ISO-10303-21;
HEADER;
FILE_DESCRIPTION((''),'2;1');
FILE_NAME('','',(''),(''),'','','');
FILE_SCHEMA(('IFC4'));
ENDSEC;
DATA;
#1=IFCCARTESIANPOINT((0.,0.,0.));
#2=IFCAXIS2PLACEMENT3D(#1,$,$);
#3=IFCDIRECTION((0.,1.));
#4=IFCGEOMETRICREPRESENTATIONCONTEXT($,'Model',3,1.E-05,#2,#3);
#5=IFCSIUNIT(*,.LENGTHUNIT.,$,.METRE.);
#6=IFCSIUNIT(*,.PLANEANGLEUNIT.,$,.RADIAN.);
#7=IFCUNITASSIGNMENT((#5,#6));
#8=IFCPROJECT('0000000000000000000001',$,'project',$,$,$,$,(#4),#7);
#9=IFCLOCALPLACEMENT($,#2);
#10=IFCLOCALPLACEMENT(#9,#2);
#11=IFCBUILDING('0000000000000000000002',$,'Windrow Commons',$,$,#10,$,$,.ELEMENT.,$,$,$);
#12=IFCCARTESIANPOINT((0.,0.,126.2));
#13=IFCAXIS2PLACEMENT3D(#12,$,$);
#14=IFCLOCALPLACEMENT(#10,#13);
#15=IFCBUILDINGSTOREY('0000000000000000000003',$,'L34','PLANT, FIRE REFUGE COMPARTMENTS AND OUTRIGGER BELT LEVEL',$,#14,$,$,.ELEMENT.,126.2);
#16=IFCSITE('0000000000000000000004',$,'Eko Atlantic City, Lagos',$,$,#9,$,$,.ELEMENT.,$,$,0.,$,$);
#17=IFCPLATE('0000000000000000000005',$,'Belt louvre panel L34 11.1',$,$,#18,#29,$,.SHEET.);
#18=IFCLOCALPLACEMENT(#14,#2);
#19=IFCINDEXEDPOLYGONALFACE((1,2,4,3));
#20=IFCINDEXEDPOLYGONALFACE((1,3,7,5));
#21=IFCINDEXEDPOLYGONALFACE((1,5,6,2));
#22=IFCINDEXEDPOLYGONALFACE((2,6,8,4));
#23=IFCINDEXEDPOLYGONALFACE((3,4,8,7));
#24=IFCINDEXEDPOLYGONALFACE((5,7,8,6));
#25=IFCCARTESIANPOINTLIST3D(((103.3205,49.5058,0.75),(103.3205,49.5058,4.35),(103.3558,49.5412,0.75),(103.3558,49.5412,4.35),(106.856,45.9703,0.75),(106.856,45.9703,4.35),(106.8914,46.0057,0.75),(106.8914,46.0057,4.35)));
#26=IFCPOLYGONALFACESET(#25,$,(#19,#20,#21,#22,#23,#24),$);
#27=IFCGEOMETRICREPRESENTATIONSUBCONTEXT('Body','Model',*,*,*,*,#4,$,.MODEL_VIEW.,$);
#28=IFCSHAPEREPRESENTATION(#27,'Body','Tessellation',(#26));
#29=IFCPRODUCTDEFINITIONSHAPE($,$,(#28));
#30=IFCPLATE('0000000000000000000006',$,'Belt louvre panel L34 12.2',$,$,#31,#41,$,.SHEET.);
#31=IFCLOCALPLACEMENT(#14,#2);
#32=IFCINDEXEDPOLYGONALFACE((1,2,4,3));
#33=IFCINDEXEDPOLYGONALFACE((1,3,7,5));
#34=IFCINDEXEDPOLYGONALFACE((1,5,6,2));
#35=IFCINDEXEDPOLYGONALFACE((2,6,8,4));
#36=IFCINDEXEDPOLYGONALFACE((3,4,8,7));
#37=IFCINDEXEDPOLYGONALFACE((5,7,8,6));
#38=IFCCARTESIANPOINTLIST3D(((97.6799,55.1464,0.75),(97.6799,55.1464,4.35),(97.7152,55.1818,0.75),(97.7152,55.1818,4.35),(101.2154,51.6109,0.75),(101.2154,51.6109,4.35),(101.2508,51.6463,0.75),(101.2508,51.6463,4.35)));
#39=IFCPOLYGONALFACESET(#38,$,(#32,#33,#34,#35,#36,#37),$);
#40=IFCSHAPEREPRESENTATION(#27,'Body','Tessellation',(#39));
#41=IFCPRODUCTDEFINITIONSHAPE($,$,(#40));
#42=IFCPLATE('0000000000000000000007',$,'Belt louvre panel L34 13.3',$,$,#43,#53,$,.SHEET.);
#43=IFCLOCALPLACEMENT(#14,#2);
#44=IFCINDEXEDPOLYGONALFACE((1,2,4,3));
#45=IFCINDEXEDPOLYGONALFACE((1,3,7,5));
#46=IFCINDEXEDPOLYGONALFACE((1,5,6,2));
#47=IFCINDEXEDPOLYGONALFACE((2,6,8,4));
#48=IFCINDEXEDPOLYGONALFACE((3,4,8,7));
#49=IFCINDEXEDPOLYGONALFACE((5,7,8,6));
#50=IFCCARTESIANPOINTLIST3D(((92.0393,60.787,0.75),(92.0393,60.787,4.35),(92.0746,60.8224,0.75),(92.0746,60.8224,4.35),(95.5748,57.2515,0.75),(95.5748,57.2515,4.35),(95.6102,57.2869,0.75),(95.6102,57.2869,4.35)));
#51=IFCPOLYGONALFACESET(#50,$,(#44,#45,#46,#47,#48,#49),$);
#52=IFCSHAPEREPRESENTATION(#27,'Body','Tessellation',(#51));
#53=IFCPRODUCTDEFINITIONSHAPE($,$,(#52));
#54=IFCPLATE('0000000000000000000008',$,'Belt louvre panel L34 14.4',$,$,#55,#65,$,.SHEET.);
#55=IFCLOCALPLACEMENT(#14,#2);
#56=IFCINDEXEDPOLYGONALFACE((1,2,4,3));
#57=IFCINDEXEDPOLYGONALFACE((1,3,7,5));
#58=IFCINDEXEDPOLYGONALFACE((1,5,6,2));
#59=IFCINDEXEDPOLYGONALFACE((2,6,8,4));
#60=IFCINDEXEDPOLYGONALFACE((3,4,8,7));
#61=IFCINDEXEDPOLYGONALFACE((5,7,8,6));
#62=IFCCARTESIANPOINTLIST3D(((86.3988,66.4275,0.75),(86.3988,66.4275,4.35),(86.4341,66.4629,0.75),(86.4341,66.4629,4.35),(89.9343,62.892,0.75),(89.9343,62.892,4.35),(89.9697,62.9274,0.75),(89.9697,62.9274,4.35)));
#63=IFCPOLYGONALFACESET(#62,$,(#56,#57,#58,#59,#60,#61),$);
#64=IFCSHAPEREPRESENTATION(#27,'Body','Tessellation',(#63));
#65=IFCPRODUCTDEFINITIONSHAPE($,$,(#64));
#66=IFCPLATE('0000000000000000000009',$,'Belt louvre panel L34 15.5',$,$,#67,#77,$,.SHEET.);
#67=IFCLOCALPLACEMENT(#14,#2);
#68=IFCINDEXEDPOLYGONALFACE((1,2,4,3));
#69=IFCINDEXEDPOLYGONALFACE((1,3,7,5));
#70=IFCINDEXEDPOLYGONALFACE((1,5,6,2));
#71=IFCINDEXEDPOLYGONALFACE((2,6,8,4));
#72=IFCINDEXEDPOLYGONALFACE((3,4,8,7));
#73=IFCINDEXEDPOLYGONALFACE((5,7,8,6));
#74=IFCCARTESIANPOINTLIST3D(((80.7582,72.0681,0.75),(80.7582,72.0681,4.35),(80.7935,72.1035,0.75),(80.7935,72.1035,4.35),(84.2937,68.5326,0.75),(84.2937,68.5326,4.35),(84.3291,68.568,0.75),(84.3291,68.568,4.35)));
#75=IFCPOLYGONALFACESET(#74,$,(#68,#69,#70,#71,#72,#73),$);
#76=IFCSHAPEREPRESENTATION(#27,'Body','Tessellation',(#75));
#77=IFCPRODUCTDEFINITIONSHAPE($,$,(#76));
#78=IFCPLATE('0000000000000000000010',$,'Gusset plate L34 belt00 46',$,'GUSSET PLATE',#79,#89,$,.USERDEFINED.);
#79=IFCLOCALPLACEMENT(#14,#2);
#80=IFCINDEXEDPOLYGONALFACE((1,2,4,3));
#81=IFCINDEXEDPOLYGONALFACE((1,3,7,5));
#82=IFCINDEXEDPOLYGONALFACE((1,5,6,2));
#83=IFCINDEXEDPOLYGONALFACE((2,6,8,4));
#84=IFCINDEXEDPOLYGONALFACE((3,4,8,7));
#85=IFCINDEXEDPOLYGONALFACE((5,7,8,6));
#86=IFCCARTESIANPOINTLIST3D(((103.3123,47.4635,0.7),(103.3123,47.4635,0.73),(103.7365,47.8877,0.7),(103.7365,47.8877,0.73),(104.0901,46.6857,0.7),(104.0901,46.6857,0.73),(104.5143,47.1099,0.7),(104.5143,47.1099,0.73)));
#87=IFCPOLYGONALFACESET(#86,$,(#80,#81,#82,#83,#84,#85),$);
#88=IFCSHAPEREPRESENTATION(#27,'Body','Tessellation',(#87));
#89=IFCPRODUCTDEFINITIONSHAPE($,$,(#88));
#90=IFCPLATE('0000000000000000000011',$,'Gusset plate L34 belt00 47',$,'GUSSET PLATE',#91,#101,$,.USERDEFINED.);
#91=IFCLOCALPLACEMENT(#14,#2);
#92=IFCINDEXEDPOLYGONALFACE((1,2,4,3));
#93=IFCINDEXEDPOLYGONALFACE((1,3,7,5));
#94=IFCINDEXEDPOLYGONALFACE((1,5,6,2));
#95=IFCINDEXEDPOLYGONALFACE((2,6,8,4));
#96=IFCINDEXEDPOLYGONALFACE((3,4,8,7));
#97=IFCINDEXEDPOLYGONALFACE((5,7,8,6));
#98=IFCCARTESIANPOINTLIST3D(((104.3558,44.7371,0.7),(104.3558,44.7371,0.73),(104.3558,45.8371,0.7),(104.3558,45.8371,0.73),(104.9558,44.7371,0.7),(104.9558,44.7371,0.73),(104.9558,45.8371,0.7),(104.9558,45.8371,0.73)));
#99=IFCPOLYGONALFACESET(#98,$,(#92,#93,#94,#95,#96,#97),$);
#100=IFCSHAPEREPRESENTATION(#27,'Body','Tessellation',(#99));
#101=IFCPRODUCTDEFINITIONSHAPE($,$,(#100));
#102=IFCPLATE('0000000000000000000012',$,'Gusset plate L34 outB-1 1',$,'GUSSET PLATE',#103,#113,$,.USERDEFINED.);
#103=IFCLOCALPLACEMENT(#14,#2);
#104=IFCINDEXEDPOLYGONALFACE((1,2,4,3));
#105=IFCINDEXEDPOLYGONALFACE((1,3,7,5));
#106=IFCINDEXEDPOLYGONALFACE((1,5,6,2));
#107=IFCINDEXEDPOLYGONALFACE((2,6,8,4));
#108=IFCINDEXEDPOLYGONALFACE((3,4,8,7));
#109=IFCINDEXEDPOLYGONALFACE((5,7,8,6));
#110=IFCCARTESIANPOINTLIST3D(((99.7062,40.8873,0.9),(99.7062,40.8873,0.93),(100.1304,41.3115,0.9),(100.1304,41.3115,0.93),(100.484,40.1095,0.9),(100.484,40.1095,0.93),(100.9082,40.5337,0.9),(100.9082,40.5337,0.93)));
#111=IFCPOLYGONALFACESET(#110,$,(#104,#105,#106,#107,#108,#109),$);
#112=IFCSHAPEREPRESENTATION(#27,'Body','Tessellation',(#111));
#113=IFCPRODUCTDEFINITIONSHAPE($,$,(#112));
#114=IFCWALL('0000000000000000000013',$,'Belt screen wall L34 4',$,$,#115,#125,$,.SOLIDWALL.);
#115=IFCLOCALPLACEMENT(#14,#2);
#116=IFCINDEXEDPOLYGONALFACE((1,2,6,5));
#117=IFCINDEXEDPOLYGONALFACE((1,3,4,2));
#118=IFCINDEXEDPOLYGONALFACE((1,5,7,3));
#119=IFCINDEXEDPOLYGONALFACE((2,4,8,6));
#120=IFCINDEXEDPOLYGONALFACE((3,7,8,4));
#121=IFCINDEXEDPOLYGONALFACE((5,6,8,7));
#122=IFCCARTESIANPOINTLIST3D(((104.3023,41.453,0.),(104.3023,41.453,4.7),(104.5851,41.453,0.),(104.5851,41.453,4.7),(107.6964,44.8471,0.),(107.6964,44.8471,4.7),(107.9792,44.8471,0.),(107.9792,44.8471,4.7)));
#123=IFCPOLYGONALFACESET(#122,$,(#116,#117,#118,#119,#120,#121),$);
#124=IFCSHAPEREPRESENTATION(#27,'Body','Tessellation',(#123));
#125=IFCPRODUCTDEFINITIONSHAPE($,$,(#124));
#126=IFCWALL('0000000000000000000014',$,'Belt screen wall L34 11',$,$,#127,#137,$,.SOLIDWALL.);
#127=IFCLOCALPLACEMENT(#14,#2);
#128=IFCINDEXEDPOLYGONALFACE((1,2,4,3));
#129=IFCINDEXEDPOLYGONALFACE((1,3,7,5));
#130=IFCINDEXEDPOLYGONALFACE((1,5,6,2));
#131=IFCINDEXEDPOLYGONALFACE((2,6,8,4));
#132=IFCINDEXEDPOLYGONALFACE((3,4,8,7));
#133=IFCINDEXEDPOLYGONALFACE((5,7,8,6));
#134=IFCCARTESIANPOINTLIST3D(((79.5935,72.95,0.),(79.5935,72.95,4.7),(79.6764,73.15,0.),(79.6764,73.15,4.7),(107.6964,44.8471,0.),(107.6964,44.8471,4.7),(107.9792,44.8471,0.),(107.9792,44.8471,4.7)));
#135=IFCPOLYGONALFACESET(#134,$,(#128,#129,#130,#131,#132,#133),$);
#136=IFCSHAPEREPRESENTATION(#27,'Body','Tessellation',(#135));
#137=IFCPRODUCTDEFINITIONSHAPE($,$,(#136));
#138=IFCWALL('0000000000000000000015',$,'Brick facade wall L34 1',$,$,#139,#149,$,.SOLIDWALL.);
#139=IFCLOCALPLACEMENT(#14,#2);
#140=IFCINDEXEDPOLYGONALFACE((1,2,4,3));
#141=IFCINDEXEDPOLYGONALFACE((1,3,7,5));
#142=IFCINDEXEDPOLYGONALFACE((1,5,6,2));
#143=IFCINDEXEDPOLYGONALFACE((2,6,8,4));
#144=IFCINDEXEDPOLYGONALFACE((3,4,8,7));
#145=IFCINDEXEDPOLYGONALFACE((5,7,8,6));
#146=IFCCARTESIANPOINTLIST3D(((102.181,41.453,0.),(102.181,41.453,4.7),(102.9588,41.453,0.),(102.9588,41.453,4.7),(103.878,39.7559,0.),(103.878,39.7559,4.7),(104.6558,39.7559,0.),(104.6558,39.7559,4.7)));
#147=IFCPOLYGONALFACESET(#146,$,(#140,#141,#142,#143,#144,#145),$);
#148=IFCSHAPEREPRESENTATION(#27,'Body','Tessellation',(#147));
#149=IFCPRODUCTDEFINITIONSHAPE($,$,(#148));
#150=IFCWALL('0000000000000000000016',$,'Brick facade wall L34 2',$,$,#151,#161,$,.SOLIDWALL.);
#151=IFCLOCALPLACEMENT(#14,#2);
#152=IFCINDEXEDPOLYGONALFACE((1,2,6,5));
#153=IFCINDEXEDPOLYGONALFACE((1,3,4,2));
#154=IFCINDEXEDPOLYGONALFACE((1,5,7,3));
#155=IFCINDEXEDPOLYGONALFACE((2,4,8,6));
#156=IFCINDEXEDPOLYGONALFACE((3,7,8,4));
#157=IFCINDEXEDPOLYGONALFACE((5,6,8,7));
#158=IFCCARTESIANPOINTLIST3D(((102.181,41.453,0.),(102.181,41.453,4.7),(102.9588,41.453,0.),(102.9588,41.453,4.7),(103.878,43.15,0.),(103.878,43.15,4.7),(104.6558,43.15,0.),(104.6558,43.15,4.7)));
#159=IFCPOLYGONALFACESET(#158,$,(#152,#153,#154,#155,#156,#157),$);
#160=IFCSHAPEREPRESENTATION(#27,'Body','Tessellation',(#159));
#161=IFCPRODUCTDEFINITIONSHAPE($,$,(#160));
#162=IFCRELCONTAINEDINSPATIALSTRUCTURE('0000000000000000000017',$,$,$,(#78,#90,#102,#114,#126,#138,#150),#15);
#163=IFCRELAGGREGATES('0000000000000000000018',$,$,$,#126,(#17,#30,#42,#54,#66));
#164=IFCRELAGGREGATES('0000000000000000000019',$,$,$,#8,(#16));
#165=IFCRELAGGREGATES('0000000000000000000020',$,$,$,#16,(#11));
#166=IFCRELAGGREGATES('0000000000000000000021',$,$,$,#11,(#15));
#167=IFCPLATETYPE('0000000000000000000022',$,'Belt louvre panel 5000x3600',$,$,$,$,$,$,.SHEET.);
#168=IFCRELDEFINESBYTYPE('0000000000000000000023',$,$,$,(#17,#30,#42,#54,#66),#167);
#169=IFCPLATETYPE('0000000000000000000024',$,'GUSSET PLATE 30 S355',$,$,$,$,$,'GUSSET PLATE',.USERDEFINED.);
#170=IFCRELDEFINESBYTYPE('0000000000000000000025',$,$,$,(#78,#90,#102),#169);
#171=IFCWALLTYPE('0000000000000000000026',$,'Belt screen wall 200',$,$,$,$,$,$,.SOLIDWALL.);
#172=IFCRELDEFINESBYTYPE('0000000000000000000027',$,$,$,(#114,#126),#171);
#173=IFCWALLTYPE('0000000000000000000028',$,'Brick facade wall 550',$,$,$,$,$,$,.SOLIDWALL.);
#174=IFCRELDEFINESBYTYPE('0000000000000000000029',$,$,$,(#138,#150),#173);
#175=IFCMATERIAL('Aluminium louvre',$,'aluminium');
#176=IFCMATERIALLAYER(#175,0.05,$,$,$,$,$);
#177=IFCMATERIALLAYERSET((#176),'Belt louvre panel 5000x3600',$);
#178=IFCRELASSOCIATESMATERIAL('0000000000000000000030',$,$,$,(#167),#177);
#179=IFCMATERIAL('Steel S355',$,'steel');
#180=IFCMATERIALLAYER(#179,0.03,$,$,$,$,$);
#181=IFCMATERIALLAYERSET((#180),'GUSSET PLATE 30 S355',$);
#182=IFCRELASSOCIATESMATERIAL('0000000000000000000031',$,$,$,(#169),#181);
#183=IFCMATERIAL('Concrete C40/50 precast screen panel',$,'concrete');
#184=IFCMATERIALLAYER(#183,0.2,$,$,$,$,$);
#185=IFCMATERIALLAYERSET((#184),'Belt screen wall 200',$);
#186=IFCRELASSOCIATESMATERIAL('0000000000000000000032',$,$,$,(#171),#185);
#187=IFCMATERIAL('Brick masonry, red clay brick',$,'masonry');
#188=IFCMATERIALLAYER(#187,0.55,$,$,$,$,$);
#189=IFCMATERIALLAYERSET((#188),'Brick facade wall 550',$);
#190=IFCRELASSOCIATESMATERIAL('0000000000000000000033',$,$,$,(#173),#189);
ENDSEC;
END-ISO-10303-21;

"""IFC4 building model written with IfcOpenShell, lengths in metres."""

from ifc_helpers import new_model, si_unit, direction, frame, origin, origin_2d, place, context, subcontext, project, spatial, polyline, rectangle, outline, extrude, material, layer, layer_set, type_object, element, aggregate, save


model = new_model("IFC4")

# Units and contexts
model_context = context("Model", 3, precision=1e-05, world=origin(), true_north=direction((0.0, 1.0)))
body_context = subcontext(model_context, "Body", "Model", "MODEL_VIEW")
ifc_project = project(units=[si_unit("LENGTHUNIT", "METRE"), si_unit("PLANEANGLEUNIT", "RADIAN")], contexts=[model_context])

# Site, building, storey
site_placement = place(None, origin())
site = spatial("IfcSite", under=ifc_project, at=site_placement, Name="Eko Atlantic City, Lagos", CompositionType="ELEMENT", RefElevation=0.0)
building_placement = place(site_placement, origin())
building = spatial("IfcBuilding", under=site, at=building_placement, Name="Windrow Commons", CompositionType="ELEMENT")
storey_placement = place(building_placement, frame((0.0, 0.0, 126.2)))
storey = spatial("IfcBuildingStorey", under=building, at=storey_placement, Name="L34", Description="PLANT, FIRE REFUGE COMPARTMENTS AND OUTRIGGER BELT LEVEL", CompositionType="ELEMENT", Elevation=126.2)

# Plates
ifc_material_1 = material(Name="Aluminium louvre", Category="aluminium")
ifc_layer_1 = layer(ifc_material_1, 0.05)
ifc_layer_set_1 = layer_set([ifc_layer_1], Name="Belt louvre panel 5000x3600")
plate_type_1 = type_object("IfcPlateType", Name="Belt louvre panel 5000x3600", PredefinedType="SHEET", material=ifc_layer_set_1)
plate_1_placement = place(storey_placement, frame((106.8914, 46.0057, 0.75), z_axis=(0.707097, 0.707117, 0.0), x_axis=(-0.707117, 0.707097, 0.0)))
plate_1 = element("IfcPlate", 1, at=plate_1_placement, type_object=plate_type_1, Name="Belt louvre panel L34 11.1", PredefinedType="SHEET", context=body_context, shape_type="SweptSolid", body=[
    extrude(outline(polyline([(0.0, 0.0), (5.0, 0.0), (5.0, 3.6), (0.0, 3.6), (0.0, 0.0)])), origin(), (0.0, 0.0, -1.0), 0.05),
])
plate_2_placement = place(storey_placement, frame((101.2508, 51.6463, 0.75), z_axis=(0.707097, 0.707117, 0.0), x_axis=(-0.707117, 0.707097, 0.0)))
plate_2 = element("IfcPlate", 2, at=plate_2_placement, type_object=plate_type_1, Name="Belt louvre panel L34 12.2", PredefinedType="SHEET", context=body_context, shape_type="SweptSolid", body=[
    extrude(outline(polyline([(0.0, 0.0), (5.0, 0.0), (5.0, 3.6), (0.0, 3.6), (0.0, 0.0)])), origin(), (0.0, 0.0, -1.0), 0.05),
])
plate_3_placement = place(storey_placement, frame((95.6102, 57.2869, 0.75), z_axis=(0.707097, 0.707117, 0.0), x_axis=(-0.707117, 0.707097, 0.0)))
plate_3 = element("IfcPlate", 3, at=plate_3_placement, type_object=plate_type_1, Name="Belt louvre panel L34 13.3", PredefinedType="SHEET", context=body_context, shape_type="SweptSolid", body=[
    extrude(outline(polyline([(0.0, 0.0), (5.0, 0.0), (5.0, 3.6), (0.0, 3.6), (0.0, 0.0)])), origin(), (0.0, 0.0, -1.0), 0.05),
])
plate_4_placement = place(storey_placement, frame((89.9697, 62.9274, 0.75), z_axis=(0.707097, 0.707117, 0.0), x_axis=(-0.707117, 0.707097, 0.0)))
plate_4 = element("IfcPlate", 4, at=plate_4_placement, type_object=plate_type_1, Name="Belt louvre panel L34 14.4", PredefinedType="SHEET", context=body_context, shape_type="SweptSolid", body=[
    extrude(outline(polyline([(0.0, 0.0), (5.0, 0.0), (5.0, 3.6), (0.0, 3.6), (0.0, 0.0)])), origin(), (0.0, 0.0, -1.0), 0.05),
])
plate_5_placement = place(storey_placement, frame((84.3291, 68.568, 0.75), z_axis=(0.707097, 0.707117, 0.0), x_axis=(-0.707117, 0.707097, 0.0)))
plate_5 = element("IfcPlate", 5, at=plate_5_placement, type_object=plate_type_1, Name="Belt louvre panel L34 15.5", PredefinedType="SHEET", context=body_context, shape_type="SweptSolid", body=[
    extrude(outline(polyline([(0.0, 0.0), (5.0, 0.0), (5.0, 3.6), (0.0, 3.6), (0.0, 0.0)])), origin(), (0.0, 0.0, -1.0), 0.05),
])

# Plates
ifc_material_2 = material(Name="Steel S355", Category="steel")
ifc_layer_2 = layer(ifc_material_2, 0.03)
ifc_layer_set_2 = layer_set([ifc_layer_2], Name="GUSSET PLATE 30 S355")
plate_type_2 = type_object("IfcPlateType", Name="GUSSET PLATE 30 S355", ElementType="GUSSET PLATE", PredefinedType="USERDEFINED", material=ifc_layer_set_2)
for number, where, z_axis, x_axis, name in (
    (6, (103.9133, 47.2867, 0.7), (0.0, 0.0, 1.0), (0.707107, -0.707107, 0.0), "Gusset plate L34 belt00 46"),
    (7, (104.6558, 45.2871, 0.7), (0.0, 0.0, 1.0), (0.0, -1.0, 0.0), "Gusset plate L34 belt00 47"),
    (8, (100.3072, 40.7105, 0.9), (0.0, 0.0, 1.0), (0.707099, -0.707114, 0.0), "Gusset plate L34 outB-1 1"),
):
    element("IfcPlate", number, at=place(storey_placement, frame(where, z_axis=z_axis, x_axis=x_axis)), inside=storey, type_object=plate_type_2, Name=name, ObjectType="GUSSET PLATE", PredefinedType="USERDEFINED", context=body_context, shape_type="SweptSolid", body=[
        extrude(rectangle(XDim=1.1, YDim=0.6, at=origin_2d()), origin(), (0.0, 0.0, 1.0), 0.03),
    ])

# Walls
ifc_material_3 = material(Name="Concrete C40/50 precast screen panel", Category="concrete")
ifc_layer_3 = layer(ifc_material_3, 0.2)
ifc_layer_set_3 = layer_set([ifc_layer_3], Name="Belt screen wall 200")
wall_type_1 = type_object("IfcWallType", Name="Belt screen wall 200", PredefinedType="SOLIDWALL", material=ifc_layer_set_3)
wall_1_placement = place(storey_placement, frame((104.4437, 41.453, 0.0), z_axis=(0.0, 0.0, 1.0), x_axis=(0.707107, 0.707107, 0.0)))
element("IfcWall", 9, at=wall_1_placement, inside=storey, type_object=wall_type_1, Name="Belt screen wall L34 4", PredefinedType="SOLIDWALL", context=body_context, shape_type="SweptSolid", body=[
    extrude(outline(polyline([(0.1, -0.1), (4.9, -0.1), (4.7, 0.1), (-0.1, 0.1), (0.1, -0.1)])), origin(), (0.0, 0.0, 1.0), 4.7),
])
wall_2_placement = place(storey_placement, frame((107.8378, 44.8471, 0.0), z_axis=(0.0, 0.0, 1.0), x_axis=(-0.707107, 0.707107, 0.0)))
wall_2 = element("IfcWall", 10, at=wall_2_placement, inside=storey, type_object=wall_type_1, Name="Belt screen wall L34 11", PredefinedType="SOLIDWALL", context=body_context, shape_type="SweptSolid", body=[
    extrude(outline(polyline([(-0.1, -0.1), (39.9263, -0.1), (39.8435, 0.1), (0.1, 0.1), (-0.1, -0.1)])), origin(), (0.0, 0.0, 1.0), 4.7),
])
aggregate(wall_2, [plate_1, plate_2, plate_3, plate_4, plate_5])

# Walls
ifc_material_4 = material(Name="Brick masonry, red clay brick", Category="masonry")
ifc_layer_4 = layer(ifc_material_4, 0.55)
ifc_layer_set_4 = layer_set([ifc_layer_4], Name="Brick facade wall 550")
wall_type_2 = type_object("IfcWallType", Name="Brick facade wall 550", PredefinedType="SOLIDWALL", material=ifc_layer_set_4)
wall_3_placement = place(storey_placement, frame((104.2669, 39.7559, 0.0), z_axis=(0.0, 0.0, 1.0), x_axis=(-0.707086, 0.707128, 0.0)))
element("IfcWall", 11, at=wall_3_placement, inside=storey, type_object=wall_type_2, Name="Brick facade wall L34 1", PredefinedType="SOLIDWALL", context=body_context, shape_type="SweptSolid", body=[
    extrude(outline(polyline([(-0.275, -0.275), (2.125, -0.275), (2.675, 0.275), (0.275, 0.275), (-0.275, -0.275)])), origin(), (0.0, 0.0, 1.0), 4.7),
])
wall_4_placement = place(storey_placement, frame((102.5699, 41.453, 0.0), z_axis=(0.0, 0.0, 1.0), x_axis=(0.707107, 0.707107, 0.0)))
element("IfcWall", 12, at=wall_4_placement, inside=storey, type_object=wall_type_2, Name="Brick facade wall L34 2", PredefinedType="SOLIDWALL", context=body_context, shape_type="SweptSolid", body=[
    extrude(outline(polyline([(0.275, -0.275), (2.6749, -0.275), (2.1249, 0.275), (-0.275, 0.275), (0.275, -0.275)])), origin(), (0.0, 0.0, 1.0), 4.7),
])

save(model, "model.ifc")
